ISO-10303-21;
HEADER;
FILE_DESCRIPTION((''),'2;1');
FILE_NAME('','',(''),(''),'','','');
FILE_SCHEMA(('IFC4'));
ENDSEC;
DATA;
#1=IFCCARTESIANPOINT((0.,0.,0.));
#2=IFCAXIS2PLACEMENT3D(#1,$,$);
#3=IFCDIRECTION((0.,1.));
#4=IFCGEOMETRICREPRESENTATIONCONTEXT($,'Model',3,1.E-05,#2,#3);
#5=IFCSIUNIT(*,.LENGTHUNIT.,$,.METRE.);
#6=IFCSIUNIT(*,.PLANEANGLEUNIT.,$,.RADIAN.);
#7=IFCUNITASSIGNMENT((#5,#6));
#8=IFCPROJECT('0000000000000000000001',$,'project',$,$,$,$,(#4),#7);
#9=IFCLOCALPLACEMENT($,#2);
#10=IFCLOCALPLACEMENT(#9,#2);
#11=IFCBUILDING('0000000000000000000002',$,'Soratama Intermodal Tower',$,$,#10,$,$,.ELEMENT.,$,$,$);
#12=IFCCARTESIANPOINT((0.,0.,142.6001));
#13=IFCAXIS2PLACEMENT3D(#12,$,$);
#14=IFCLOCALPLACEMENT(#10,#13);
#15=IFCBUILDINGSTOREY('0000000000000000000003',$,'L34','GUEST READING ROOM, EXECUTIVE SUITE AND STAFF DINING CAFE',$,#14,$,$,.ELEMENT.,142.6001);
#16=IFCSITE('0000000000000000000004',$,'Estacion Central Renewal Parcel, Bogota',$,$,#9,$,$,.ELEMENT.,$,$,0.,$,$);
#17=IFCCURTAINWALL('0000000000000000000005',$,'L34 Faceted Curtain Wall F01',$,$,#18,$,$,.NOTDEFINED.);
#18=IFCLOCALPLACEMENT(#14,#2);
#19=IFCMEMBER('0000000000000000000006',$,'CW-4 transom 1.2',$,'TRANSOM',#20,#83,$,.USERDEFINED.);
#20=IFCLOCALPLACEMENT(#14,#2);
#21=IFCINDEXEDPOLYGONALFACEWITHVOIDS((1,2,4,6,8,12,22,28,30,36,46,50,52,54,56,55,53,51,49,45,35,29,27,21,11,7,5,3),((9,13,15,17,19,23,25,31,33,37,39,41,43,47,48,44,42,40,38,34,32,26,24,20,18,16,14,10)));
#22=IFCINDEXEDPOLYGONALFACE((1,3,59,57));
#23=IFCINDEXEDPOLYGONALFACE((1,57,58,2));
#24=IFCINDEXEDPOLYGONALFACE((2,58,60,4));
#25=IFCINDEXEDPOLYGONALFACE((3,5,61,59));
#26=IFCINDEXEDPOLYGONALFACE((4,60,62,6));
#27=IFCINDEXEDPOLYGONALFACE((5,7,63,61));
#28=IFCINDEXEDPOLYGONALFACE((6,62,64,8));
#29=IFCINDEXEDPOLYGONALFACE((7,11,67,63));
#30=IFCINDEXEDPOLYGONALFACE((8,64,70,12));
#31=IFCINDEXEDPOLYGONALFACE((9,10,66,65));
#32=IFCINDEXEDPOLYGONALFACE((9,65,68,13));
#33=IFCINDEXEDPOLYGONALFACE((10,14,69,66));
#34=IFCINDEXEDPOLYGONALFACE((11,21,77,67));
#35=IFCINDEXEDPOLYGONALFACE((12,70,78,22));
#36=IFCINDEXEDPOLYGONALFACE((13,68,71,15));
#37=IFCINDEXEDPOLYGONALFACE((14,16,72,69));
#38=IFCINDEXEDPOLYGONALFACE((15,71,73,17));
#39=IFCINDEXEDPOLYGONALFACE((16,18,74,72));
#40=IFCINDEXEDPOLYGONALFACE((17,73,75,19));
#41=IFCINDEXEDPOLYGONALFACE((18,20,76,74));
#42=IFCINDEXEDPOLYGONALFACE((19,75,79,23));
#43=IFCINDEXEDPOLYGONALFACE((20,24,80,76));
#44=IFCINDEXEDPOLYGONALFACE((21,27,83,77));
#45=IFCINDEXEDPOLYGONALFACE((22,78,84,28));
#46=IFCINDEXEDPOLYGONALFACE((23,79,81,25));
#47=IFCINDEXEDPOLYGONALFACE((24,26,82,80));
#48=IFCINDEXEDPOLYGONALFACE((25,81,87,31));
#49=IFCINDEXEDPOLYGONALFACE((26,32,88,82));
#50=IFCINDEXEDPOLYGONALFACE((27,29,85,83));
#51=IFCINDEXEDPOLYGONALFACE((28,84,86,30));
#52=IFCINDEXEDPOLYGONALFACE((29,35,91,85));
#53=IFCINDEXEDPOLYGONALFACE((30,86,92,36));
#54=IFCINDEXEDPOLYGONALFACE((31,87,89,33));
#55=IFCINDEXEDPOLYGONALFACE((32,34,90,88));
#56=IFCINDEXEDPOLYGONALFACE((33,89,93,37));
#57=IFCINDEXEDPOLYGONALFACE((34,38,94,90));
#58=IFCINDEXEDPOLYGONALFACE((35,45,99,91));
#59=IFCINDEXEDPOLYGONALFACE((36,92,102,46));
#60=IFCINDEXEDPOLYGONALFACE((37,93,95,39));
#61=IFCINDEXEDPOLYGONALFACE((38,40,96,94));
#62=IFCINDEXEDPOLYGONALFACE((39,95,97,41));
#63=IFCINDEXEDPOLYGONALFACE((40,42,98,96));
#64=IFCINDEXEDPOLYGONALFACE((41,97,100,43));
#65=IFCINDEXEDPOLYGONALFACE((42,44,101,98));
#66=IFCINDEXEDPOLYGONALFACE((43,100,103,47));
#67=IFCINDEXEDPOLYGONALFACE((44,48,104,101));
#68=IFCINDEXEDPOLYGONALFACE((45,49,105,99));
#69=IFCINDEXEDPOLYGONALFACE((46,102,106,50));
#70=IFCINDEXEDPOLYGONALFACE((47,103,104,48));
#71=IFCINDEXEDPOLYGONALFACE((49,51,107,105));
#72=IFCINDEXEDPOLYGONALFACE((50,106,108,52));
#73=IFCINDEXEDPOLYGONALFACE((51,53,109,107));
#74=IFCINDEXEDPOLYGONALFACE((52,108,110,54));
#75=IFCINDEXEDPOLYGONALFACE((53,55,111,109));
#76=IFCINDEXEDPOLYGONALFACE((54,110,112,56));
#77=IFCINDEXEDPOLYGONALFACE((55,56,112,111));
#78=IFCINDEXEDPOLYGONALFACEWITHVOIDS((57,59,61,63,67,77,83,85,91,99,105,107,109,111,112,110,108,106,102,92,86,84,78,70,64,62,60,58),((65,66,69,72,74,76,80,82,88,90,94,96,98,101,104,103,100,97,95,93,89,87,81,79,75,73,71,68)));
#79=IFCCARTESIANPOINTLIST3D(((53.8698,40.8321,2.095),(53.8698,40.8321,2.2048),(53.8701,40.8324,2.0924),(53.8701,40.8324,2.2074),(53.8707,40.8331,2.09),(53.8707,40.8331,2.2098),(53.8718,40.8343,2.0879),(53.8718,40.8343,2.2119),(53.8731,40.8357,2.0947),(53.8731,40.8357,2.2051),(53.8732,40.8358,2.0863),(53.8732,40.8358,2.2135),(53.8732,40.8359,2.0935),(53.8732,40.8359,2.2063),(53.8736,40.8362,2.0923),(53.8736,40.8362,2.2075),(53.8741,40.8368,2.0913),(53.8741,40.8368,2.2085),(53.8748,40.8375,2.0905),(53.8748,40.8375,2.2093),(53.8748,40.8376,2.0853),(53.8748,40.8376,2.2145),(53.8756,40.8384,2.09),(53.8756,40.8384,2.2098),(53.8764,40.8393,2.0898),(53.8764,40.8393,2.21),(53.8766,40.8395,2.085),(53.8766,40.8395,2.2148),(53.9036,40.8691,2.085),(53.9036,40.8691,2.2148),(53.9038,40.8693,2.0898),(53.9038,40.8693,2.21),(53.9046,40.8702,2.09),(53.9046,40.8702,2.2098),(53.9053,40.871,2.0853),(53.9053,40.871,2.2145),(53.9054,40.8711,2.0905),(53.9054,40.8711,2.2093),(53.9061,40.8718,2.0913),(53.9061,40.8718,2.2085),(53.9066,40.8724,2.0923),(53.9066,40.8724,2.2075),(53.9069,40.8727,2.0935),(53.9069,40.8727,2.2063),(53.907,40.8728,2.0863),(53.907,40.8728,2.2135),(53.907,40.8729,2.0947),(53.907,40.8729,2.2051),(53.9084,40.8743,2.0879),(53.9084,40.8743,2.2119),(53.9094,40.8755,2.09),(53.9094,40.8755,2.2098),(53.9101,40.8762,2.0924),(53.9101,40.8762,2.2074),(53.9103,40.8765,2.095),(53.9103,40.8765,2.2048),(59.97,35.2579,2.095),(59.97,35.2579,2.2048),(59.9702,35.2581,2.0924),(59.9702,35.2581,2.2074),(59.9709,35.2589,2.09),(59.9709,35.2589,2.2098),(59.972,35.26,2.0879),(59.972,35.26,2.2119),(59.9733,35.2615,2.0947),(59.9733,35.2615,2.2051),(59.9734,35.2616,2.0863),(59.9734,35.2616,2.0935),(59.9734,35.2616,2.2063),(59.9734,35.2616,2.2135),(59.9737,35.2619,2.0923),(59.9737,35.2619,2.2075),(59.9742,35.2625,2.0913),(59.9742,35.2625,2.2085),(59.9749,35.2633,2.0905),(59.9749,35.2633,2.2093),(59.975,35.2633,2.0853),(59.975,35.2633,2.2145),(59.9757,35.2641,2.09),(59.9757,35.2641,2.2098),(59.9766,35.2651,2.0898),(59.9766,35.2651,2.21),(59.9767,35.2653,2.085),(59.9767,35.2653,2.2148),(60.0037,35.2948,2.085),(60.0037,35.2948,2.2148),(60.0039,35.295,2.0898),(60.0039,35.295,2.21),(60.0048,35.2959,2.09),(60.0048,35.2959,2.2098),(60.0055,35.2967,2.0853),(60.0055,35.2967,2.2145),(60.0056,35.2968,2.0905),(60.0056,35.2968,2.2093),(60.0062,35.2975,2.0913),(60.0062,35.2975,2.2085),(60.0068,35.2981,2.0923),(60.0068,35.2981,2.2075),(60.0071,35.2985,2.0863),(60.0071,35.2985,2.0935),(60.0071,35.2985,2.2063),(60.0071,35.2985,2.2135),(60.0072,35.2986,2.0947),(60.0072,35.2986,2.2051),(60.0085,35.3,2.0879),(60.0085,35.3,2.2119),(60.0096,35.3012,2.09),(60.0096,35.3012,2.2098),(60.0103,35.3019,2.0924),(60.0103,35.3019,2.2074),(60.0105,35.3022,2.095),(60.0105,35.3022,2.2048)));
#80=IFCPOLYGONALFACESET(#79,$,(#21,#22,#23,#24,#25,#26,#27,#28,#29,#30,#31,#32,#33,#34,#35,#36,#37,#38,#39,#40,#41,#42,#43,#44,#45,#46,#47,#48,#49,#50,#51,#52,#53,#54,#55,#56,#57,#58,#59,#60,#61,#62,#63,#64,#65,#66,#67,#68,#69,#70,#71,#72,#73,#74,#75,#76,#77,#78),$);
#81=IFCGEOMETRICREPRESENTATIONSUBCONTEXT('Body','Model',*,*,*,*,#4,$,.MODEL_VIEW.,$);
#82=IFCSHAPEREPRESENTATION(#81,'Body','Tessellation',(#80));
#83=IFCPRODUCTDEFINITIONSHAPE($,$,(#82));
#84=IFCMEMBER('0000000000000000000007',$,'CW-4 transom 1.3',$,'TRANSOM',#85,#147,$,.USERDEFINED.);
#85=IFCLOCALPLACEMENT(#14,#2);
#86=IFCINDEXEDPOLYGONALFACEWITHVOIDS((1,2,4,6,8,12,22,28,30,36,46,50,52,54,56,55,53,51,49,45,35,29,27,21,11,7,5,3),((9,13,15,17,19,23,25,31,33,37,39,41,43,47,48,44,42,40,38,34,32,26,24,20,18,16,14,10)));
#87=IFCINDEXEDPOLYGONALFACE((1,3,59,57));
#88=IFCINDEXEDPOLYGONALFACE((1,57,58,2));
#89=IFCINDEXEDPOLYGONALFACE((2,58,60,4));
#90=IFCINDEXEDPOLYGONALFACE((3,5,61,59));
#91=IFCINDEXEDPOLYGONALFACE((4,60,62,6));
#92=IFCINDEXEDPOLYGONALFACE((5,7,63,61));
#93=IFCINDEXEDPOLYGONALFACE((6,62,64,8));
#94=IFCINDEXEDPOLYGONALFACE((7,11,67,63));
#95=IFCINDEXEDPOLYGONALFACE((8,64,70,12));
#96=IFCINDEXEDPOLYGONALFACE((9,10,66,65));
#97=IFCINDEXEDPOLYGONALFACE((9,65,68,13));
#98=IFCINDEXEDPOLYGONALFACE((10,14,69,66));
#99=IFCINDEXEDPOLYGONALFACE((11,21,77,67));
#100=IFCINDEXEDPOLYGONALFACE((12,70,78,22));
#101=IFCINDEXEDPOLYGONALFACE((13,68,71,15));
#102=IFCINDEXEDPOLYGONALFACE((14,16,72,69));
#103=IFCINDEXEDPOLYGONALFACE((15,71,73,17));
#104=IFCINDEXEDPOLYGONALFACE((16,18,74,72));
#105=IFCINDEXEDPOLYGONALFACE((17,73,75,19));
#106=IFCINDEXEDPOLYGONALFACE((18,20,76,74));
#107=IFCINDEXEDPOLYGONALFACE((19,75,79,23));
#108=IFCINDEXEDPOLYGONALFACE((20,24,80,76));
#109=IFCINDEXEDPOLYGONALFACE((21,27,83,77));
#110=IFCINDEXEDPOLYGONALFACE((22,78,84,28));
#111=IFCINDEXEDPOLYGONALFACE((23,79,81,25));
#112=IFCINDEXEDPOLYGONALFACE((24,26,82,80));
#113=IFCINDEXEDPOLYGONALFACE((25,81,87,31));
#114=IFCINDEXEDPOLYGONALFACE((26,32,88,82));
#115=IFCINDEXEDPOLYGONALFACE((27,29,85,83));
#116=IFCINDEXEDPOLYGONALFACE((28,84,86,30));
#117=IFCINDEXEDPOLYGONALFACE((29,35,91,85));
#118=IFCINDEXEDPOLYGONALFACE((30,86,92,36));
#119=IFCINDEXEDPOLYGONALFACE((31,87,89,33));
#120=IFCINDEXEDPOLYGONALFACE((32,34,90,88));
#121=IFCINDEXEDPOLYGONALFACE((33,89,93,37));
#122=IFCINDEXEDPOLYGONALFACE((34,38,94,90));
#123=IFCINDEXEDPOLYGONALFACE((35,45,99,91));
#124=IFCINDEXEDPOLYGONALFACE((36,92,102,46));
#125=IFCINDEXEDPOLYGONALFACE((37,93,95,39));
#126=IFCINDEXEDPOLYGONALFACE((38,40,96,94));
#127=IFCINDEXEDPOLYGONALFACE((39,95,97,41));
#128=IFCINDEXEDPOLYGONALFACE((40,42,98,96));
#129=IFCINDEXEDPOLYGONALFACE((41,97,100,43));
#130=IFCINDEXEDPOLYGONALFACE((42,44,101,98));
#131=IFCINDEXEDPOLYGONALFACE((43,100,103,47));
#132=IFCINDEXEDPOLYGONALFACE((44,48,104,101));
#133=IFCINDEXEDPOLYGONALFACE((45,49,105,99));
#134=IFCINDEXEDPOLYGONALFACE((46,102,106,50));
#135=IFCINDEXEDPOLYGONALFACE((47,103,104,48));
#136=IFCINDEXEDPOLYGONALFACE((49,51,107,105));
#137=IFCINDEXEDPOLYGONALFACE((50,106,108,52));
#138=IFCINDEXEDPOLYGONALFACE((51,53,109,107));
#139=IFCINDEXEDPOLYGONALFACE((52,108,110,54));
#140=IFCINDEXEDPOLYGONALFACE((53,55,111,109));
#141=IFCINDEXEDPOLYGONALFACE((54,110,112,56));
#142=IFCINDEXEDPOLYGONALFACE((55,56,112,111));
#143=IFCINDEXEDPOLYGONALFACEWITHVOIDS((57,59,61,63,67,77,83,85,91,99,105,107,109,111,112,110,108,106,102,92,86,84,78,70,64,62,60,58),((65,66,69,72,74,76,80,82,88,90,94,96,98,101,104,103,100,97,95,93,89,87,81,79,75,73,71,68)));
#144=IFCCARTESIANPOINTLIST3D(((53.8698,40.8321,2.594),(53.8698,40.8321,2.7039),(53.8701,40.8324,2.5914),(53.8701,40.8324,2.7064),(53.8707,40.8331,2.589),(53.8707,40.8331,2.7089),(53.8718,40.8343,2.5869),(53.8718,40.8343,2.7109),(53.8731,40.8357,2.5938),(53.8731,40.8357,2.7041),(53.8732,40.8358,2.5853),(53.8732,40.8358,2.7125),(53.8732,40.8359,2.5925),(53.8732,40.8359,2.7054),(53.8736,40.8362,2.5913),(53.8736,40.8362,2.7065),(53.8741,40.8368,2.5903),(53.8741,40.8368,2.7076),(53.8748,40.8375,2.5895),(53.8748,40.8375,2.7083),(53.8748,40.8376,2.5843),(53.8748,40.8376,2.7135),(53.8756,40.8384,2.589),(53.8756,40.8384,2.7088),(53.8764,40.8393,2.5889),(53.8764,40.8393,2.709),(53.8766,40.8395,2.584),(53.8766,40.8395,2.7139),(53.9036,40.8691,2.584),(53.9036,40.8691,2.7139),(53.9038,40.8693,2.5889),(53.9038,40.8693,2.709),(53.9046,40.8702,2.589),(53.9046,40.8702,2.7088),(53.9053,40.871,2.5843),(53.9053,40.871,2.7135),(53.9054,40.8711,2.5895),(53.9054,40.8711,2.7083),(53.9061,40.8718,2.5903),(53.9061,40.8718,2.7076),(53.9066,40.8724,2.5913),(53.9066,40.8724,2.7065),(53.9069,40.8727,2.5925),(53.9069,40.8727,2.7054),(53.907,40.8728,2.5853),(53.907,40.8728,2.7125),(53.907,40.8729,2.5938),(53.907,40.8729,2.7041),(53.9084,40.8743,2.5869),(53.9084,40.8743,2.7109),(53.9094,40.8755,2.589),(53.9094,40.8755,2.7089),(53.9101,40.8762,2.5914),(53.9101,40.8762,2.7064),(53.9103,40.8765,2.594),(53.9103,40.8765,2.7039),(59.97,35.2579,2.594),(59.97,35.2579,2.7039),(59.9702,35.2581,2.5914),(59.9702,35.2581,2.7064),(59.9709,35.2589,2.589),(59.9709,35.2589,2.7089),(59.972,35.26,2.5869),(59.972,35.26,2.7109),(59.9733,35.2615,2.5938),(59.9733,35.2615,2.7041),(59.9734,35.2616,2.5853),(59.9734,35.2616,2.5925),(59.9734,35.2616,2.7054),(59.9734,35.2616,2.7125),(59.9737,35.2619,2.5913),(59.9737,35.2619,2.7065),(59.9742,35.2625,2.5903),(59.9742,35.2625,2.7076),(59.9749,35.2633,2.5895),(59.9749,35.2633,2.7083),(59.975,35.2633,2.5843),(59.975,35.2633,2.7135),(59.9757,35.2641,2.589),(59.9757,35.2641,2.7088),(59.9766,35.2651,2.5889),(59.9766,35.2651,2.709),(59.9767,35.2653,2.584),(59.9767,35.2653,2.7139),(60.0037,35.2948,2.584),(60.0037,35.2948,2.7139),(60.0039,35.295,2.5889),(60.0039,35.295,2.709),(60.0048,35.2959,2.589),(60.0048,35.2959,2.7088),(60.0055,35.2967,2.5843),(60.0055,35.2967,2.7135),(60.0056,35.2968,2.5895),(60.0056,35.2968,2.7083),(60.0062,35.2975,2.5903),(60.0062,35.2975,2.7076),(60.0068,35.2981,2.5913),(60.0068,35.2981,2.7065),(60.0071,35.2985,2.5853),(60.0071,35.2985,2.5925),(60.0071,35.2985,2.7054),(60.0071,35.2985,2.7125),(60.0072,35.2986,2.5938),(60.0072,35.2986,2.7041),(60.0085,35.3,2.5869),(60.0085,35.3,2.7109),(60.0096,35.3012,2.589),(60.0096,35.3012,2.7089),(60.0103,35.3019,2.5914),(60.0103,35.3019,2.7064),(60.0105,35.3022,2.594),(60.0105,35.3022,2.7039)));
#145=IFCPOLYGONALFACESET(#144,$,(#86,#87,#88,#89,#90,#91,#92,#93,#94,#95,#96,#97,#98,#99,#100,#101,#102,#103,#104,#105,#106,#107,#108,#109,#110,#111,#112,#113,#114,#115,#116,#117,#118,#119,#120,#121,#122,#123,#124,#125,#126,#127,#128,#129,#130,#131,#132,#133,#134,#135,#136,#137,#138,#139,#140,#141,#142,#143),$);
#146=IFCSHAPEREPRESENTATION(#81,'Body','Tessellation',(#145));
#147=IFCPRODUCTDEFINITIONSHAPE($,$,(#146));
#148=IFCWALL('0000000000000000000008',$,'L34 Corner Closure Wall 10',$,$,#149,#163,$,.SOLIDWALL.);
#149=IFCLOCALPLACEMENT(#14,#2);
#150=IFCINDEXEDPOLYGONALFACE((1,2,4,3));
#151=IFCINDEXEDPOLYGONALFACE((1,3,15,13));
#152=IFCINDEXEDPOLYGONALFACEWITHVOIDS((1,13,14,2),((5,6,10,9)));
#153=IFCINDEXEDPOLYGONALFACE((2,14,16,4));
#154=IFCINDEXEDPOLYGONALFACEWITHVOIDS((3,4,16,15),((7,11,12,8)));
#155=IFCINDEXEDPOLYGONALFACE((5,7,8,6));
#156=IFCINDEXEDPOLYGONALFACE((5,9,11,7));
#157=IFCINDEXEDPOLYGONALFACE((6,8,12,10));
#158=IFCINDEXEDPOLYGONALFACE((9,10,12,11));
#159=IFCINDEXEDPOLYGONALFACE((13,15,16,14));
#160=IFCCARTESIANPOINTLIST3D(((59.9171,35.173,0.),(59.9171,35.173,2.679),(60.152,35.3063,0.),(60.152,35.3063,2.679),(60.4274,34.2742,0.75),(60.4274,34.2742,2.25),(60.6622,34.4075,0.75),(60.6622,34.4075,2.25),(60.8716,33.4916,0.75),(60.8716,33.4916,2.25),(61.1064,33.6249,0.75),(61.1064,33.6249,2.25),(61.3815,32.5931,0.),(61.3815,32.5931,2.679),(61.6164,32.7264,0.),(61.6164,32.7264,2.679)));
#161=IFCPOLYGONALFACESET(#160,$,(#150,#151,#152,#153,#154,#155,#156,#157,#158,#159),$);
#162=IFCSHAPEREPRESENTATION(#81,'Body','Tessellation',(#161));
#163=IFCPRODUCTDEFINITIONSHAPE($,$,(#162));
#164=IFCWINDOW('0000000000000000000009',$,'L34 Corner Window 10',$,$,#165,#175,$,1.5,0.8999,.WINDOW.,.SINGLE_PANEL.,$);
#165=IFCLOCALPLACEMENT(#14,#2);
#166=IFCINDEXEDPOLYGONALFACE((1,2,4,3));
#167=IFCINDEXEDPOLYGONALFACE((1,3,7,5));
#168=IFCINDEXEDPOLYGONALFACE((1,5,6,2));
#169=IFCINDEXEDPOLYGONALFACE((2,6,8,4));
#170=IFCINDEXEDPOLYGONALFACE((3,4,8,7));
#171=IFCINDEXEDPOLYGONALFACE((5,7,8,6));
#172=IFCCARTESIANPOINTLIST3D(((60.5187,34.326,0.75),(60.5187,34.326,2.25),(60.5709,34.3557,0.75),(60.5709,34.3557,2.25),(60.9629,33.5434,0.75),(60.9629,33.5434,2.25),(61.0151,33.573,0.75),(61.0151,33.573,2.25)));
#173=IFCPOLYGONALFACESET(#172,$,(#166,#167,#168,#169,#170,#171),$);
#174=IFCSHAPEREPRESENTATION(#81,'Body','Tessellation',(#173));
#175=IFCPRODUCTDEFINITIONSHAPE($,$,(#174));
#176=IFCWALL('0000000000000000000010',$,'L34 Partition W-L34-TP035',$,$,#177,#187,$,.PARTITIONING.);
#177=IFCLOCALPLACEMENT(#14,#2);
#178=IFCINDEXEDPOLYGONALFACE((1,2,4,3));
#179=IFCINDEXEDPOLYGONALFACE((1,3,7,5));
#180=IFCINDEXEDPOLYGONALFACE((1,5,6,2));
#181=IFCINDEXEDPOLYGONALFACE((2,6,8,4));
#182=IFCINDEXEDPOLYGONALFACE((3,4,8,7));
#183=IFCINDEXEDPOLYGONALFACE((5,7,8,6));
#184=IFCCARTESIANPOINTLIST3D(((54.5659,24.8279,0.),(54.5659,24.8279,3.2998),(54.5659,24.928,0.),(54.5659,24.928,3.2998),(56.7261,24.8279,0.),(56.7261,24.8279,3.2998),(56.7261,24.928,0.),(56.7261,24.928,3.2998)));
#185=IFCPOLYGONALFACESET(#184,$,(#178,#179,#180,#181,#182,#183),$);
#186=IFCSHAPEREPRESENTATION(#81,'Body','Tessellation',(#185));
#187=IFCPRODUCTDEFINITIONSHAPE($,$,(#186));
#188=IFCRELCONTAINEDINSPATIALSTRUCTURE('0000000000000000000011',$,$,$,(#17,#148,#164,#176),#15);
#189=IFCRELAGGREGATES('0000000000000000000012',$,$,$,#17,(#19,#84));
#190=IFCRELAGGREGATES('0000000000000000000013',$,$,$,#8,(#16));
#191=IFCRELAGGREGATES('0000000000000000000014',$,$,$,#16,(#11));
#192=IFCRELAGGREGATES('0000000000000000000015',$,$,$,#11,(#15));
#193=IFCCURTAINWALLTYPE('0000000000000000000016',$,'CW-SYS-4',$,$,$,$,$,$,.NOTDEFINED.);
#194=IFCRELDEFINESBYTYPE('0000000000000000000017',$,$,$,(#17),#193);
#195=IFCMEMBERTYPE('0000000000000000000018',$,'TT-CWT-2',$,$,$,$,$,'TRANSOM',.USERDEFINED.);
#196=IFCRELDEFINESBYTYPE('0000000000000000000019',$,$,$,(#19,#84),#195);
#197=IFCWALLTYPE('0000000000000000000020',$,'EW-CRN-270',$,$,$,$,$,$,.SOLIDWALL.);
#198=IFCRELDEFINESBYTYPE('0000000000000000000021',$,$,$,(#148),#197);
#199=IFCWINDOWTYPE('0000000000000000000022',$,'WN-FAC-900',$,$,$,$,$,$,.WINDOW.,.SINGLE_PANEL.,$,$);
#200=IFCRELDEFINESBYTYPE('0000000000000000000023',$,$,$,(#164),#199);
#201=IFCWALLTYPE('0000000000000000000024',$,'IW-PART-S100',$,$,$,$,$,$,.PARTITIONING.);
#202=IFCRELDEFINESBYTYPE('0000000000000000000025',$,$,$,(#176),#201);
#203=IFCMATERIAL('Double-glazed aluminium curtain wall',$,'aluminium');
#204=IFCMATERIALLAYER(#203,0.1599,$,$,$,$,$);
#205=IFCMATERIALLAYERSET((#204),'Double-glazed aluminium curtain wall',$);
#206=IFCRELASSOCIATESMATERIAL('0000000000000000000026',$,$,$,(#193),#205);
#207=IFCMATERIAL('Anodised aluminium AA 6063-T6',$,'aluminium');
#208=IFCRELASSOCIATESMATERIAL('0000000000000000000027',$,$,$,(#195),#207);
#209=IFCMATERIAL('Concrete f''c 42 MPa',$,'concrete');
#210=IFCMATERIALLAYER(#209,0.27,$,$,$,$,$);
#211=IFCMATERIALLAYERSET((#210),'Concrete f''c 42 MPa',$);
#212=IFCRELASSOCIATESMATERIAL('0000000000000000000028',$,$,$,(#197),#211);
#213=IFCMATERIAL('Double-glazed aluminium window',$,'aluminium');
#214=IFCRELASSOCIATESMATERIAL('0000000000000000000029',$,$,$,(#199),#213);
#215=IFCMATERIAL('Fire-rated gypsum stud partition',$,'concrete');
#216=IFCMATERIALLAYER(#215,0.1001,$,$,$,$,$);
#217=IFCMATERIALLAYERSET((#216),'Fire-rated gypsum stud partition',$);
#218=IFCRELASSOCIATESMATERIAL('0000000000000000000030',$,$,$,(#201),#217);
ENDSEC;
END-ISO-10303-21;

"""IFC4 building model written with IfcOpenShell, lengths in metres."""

from ifc_helpers import new_model, si_unit, direction, frame, frame_2d, origin, origin_2d, place, context, subcontext, project, spatial, rectangle, hollow_rectangle, extrude, material, layer, layer_set, material_profile, profile_set, type_object, element, fill, aggregate, save


model = new_model("IFC4")

# Units and contexts
model_context = context("Model", 3, precision=1e-05, world=origin(), true_north=direction((0.0, 1.0)))
body_context = subcontext(model_context, "Body", "Model", "MODEL_VIEW")
ifc_project = project(units=[si_unit("LENGTHUNIT", "METRE"), si_unit("PLANEANGLEUNIT", "RADIAN")], contexts=[model_context])

# Site, building, storey
site_placement = place(None, origin())
site = spatial("IfcSite", under=ifc_project, at=site_placement, Name="Estacion Central Renewal Parcel, Bogota", CompositionType="ELEMENT", RefElevation=0.0)
building_placement = place(site_placement, origin())
building = spatial("IfcBuilding", under=site, at=building_placement, Name="Soratama Intermodal Tower", CompositionType="ELEMENT")
storey_placement = place(building_placement, frame((0.0, 0.0, 142.6001)))
storey = spatial("IfcBuildingStorey", under=building, at=storey_placement, Name="L34", Description="GUEST READING ROOM, EXECUTIVE SUITE AND STAFF DINING CAFE", CompositionType="ELEMENT", Elevation=142.6001)

# Curtain wall, members
ifc_material_1 = material(Name="Double-glazed aluminium curtain wall", Category="aluminium")
ifc_layer_1 = layer(ifc_material_1, 0.1599)
ifc_layer_set_1 = layer_set([ifc_layer_1], Name="Double-glazed aluminium curtain wall")
curtain_wall_type = type_object("IfcCurtainWallType", Name="CW-SYS-4", PredefinedType="NOTDEFINED", material=ifc_layer_set_1)
curtain_wall_placement = place(storey_placement, origin())
curtain_wall = element("IfcCurtainWall", 1, at=curtain_wall_placement, inside=storey, type_object=curtain_wall_type, Name="L34 Faceted Curtain Wall F01", PredefinedType="NOTDEFINED")
ifc_material_2 = material(Name="Anodised aluminium AA 6063-T6", Category="aluminium")
ifc_material_profile_1 = material_profile(ifc_material_2, hollow_rectangle(XDim=0.0601, YDim=0.1299, WallThickness=0.0049, InnerFilletRadius=0.0049, OuterFilletRadius=0.01, at=origin_2d()), Name="CWT130X60X5")
ifc_profile_set_1 = profile_set([ifc_material_profile_1], Name="Anodised aluminium AA 6063-T6")
member_type_1 = type_object("IfcMemberType", Name="TT-CWT-2", ElementType="TRANSOM", PredefinedType="USERDEFINED", material=ifc_profile_set_1)
member_1_placement = place(storey_placement, frame((59.9902, 35.28, 2.1499), z_axis=(-0.73821, 0.674571, 0.0), x_axis=(-0.674571, -0.73821, 0.0)))
member_1 = element("IfcMember", 2, at=member_1_placement, type_object=member_type_1, Name="CW-4 transom 1.2", ObjectType="TRANSOM", PredefinedType="USERDEFINED", context=body_context, shape_type="SweptSolid", body=[
    extrude(hollow_rectangle(XDim=0.0601, YDim=0.1299, WallThickness=0.0049, InnerFilletRadius=0.0049, OuterFilletRadius=0.01, at=origin_2d()), origin(), (0.0, 0.0, 1.0), 8.2634),
])
member_2_placement = place(storey_placement, frame((59.9902, 35.28, 2.6489), z_axis=(-0.73821, 0.674571, 0.0), x_axis=(-0.674571, -0.73821, 0.0)))
member_2 = element("IfcMember", 3, at=member_2_placement, type_object=member_type_1, Name="CW-4 transom 1.3", ObjectType="TRANSOM", PredefinedType="USERDEFINED", context=body_context, shape_type="SweptSolid", body=[
    extrude(hollow_rectangle(XDim=0.0601, YDim=0.1299, WallThickness=0.0049, InnerFilletRadius=0.0049, OuterFilletRadius=0.01, at=origin_2d()), origin(), (0.0, 0.0, 1.0), 8.2634),
])
aggregate(curtain_wall, [member_1, member_2])

# Wall, opening, window
ifc_material_3 = material(Name="Concrete f'c 42 MPa", Category="concrete")
ifc_layer_2 = layer(ifc_material_3, 0.27)
ifc_layer_set_2 = layer_set([ifc_layer_2], Name="Concrete f'c 42 MPa")
wall_type_1 = type_object("IfcWallType", Name="EW-CRN-270", PredefinedType="SOLIDWALL", material=ifc_layer_set_2)
wall_1_placement = place(storey_placement, frame((61.499, 32.6597, 0.0), z_axis=(0.0, 0.0, 1.0), x_axis=(-0.493637, 0.869668, 0.0)))
wall_1 = element("IfcWall", 4, at=wall_1_placement, inside=storey, type_object=wall_type_1, Name="L34 Corner Closure Wall 10", PredefinedType="SOLIDWALL", context=body_context, shape_type="SweptSolid", body=[
    extrude(rectangle(XDim=2.9666, YDim=0.27, at=frame_2d((1.4834, 0.0))), origin(), (0.0, 0.0, 1.0), 2.679),
])
opening_1_placement = place(wall_1_placement, frame((1.0332, 0.0, 0.75)))
opening_1 = element("IfcOpeningElement", 5, at=opening_1_placement, cuts=wall_1, PredefinedType="OPENING", context=body_context, shape_type="SweptSolid", body=[
    extrude(rectangle(XDim=0.8999, YDim=1.5, at=frame_2d((0.45, 0.75))), frame((0.0, 0.145, 0.0), z_axis=(0.0, -1.0, 0.0), x_axis=(1.0, 0.0, 0.0)), (0.0, 0.0, 1.0), 0.29),
])
ifc_material_4 = material(Name="Double-glazed aluminium window", Category="aluminium")
window_type_1 = type_object("IfcWindowType", Name="WN-FAC-900", PartitioningType="SINGLE_PANEL", PredefinedType="WINDOW", material=ifc_material_4)
window_1_placement = place(opening_1_placement, origin())
window_1 = element("IfcWindow", 6, at=window_1_placement, inside=storey, type_object=window_type_1, Name="L34 Corner Window 10", OverallHeight=1.5, OverallWidth=0.8999, PartitioningType="SINGLE_PANEL", PredefinedType="WINDOW", context=body_context, shape_type="SweptSolid", body=[
    extrude(rectangle(XDim=0.8999, YDim=1.5, at=frame_2d((0.45, 0.75))), frame((0.0, 0.03, 0.0), z_axis=(0.0, -1.0, 0.0), x_axis=(1.0, 0.0, 0.0)), (0.0, 0.0, 1.0), 0.0601),
])
fill(opening_1, window_1)

# Wall
ifc_material_5 = material(Name="Fire-rated gypsum stud partition", Category="concrete")
ifc_layer_3 = layer(ifc_material_5, 0.1001)
ifc_layer_set_3 = layer_set([ifc_layer_3], Name="Fire-rated gypsum stud partition")
wall_type_2 = type_object("IfcWallType", Name="IW-PART-S100", PredefinedType="PARTITIONING", material=ifc_layer_set_3)
wall_2_placement = place(storey_placement, frame((56.7261, 24.8779, 0.0), z_axis=(0.0, 0.0, 1.0), x_axis=(-1.0, 0.0, 0.0)))
element("IfcWall", 7, at=wall_2_placement, inside=storey, type_object=wall_type_2, Name="L34 Partition W-L34-TP035", PredefinedType="PARTITIONING", context=body_context, shape_type="SweptSolid", body=[
    extrude(rectangle(XDim=2.1602, YDim=0.1001, at=frame_2d((1.0801, 0.0))), origin(), (0.0, 0.0, 1.0), 3.2998),
])

save(model, "model.ifc")
